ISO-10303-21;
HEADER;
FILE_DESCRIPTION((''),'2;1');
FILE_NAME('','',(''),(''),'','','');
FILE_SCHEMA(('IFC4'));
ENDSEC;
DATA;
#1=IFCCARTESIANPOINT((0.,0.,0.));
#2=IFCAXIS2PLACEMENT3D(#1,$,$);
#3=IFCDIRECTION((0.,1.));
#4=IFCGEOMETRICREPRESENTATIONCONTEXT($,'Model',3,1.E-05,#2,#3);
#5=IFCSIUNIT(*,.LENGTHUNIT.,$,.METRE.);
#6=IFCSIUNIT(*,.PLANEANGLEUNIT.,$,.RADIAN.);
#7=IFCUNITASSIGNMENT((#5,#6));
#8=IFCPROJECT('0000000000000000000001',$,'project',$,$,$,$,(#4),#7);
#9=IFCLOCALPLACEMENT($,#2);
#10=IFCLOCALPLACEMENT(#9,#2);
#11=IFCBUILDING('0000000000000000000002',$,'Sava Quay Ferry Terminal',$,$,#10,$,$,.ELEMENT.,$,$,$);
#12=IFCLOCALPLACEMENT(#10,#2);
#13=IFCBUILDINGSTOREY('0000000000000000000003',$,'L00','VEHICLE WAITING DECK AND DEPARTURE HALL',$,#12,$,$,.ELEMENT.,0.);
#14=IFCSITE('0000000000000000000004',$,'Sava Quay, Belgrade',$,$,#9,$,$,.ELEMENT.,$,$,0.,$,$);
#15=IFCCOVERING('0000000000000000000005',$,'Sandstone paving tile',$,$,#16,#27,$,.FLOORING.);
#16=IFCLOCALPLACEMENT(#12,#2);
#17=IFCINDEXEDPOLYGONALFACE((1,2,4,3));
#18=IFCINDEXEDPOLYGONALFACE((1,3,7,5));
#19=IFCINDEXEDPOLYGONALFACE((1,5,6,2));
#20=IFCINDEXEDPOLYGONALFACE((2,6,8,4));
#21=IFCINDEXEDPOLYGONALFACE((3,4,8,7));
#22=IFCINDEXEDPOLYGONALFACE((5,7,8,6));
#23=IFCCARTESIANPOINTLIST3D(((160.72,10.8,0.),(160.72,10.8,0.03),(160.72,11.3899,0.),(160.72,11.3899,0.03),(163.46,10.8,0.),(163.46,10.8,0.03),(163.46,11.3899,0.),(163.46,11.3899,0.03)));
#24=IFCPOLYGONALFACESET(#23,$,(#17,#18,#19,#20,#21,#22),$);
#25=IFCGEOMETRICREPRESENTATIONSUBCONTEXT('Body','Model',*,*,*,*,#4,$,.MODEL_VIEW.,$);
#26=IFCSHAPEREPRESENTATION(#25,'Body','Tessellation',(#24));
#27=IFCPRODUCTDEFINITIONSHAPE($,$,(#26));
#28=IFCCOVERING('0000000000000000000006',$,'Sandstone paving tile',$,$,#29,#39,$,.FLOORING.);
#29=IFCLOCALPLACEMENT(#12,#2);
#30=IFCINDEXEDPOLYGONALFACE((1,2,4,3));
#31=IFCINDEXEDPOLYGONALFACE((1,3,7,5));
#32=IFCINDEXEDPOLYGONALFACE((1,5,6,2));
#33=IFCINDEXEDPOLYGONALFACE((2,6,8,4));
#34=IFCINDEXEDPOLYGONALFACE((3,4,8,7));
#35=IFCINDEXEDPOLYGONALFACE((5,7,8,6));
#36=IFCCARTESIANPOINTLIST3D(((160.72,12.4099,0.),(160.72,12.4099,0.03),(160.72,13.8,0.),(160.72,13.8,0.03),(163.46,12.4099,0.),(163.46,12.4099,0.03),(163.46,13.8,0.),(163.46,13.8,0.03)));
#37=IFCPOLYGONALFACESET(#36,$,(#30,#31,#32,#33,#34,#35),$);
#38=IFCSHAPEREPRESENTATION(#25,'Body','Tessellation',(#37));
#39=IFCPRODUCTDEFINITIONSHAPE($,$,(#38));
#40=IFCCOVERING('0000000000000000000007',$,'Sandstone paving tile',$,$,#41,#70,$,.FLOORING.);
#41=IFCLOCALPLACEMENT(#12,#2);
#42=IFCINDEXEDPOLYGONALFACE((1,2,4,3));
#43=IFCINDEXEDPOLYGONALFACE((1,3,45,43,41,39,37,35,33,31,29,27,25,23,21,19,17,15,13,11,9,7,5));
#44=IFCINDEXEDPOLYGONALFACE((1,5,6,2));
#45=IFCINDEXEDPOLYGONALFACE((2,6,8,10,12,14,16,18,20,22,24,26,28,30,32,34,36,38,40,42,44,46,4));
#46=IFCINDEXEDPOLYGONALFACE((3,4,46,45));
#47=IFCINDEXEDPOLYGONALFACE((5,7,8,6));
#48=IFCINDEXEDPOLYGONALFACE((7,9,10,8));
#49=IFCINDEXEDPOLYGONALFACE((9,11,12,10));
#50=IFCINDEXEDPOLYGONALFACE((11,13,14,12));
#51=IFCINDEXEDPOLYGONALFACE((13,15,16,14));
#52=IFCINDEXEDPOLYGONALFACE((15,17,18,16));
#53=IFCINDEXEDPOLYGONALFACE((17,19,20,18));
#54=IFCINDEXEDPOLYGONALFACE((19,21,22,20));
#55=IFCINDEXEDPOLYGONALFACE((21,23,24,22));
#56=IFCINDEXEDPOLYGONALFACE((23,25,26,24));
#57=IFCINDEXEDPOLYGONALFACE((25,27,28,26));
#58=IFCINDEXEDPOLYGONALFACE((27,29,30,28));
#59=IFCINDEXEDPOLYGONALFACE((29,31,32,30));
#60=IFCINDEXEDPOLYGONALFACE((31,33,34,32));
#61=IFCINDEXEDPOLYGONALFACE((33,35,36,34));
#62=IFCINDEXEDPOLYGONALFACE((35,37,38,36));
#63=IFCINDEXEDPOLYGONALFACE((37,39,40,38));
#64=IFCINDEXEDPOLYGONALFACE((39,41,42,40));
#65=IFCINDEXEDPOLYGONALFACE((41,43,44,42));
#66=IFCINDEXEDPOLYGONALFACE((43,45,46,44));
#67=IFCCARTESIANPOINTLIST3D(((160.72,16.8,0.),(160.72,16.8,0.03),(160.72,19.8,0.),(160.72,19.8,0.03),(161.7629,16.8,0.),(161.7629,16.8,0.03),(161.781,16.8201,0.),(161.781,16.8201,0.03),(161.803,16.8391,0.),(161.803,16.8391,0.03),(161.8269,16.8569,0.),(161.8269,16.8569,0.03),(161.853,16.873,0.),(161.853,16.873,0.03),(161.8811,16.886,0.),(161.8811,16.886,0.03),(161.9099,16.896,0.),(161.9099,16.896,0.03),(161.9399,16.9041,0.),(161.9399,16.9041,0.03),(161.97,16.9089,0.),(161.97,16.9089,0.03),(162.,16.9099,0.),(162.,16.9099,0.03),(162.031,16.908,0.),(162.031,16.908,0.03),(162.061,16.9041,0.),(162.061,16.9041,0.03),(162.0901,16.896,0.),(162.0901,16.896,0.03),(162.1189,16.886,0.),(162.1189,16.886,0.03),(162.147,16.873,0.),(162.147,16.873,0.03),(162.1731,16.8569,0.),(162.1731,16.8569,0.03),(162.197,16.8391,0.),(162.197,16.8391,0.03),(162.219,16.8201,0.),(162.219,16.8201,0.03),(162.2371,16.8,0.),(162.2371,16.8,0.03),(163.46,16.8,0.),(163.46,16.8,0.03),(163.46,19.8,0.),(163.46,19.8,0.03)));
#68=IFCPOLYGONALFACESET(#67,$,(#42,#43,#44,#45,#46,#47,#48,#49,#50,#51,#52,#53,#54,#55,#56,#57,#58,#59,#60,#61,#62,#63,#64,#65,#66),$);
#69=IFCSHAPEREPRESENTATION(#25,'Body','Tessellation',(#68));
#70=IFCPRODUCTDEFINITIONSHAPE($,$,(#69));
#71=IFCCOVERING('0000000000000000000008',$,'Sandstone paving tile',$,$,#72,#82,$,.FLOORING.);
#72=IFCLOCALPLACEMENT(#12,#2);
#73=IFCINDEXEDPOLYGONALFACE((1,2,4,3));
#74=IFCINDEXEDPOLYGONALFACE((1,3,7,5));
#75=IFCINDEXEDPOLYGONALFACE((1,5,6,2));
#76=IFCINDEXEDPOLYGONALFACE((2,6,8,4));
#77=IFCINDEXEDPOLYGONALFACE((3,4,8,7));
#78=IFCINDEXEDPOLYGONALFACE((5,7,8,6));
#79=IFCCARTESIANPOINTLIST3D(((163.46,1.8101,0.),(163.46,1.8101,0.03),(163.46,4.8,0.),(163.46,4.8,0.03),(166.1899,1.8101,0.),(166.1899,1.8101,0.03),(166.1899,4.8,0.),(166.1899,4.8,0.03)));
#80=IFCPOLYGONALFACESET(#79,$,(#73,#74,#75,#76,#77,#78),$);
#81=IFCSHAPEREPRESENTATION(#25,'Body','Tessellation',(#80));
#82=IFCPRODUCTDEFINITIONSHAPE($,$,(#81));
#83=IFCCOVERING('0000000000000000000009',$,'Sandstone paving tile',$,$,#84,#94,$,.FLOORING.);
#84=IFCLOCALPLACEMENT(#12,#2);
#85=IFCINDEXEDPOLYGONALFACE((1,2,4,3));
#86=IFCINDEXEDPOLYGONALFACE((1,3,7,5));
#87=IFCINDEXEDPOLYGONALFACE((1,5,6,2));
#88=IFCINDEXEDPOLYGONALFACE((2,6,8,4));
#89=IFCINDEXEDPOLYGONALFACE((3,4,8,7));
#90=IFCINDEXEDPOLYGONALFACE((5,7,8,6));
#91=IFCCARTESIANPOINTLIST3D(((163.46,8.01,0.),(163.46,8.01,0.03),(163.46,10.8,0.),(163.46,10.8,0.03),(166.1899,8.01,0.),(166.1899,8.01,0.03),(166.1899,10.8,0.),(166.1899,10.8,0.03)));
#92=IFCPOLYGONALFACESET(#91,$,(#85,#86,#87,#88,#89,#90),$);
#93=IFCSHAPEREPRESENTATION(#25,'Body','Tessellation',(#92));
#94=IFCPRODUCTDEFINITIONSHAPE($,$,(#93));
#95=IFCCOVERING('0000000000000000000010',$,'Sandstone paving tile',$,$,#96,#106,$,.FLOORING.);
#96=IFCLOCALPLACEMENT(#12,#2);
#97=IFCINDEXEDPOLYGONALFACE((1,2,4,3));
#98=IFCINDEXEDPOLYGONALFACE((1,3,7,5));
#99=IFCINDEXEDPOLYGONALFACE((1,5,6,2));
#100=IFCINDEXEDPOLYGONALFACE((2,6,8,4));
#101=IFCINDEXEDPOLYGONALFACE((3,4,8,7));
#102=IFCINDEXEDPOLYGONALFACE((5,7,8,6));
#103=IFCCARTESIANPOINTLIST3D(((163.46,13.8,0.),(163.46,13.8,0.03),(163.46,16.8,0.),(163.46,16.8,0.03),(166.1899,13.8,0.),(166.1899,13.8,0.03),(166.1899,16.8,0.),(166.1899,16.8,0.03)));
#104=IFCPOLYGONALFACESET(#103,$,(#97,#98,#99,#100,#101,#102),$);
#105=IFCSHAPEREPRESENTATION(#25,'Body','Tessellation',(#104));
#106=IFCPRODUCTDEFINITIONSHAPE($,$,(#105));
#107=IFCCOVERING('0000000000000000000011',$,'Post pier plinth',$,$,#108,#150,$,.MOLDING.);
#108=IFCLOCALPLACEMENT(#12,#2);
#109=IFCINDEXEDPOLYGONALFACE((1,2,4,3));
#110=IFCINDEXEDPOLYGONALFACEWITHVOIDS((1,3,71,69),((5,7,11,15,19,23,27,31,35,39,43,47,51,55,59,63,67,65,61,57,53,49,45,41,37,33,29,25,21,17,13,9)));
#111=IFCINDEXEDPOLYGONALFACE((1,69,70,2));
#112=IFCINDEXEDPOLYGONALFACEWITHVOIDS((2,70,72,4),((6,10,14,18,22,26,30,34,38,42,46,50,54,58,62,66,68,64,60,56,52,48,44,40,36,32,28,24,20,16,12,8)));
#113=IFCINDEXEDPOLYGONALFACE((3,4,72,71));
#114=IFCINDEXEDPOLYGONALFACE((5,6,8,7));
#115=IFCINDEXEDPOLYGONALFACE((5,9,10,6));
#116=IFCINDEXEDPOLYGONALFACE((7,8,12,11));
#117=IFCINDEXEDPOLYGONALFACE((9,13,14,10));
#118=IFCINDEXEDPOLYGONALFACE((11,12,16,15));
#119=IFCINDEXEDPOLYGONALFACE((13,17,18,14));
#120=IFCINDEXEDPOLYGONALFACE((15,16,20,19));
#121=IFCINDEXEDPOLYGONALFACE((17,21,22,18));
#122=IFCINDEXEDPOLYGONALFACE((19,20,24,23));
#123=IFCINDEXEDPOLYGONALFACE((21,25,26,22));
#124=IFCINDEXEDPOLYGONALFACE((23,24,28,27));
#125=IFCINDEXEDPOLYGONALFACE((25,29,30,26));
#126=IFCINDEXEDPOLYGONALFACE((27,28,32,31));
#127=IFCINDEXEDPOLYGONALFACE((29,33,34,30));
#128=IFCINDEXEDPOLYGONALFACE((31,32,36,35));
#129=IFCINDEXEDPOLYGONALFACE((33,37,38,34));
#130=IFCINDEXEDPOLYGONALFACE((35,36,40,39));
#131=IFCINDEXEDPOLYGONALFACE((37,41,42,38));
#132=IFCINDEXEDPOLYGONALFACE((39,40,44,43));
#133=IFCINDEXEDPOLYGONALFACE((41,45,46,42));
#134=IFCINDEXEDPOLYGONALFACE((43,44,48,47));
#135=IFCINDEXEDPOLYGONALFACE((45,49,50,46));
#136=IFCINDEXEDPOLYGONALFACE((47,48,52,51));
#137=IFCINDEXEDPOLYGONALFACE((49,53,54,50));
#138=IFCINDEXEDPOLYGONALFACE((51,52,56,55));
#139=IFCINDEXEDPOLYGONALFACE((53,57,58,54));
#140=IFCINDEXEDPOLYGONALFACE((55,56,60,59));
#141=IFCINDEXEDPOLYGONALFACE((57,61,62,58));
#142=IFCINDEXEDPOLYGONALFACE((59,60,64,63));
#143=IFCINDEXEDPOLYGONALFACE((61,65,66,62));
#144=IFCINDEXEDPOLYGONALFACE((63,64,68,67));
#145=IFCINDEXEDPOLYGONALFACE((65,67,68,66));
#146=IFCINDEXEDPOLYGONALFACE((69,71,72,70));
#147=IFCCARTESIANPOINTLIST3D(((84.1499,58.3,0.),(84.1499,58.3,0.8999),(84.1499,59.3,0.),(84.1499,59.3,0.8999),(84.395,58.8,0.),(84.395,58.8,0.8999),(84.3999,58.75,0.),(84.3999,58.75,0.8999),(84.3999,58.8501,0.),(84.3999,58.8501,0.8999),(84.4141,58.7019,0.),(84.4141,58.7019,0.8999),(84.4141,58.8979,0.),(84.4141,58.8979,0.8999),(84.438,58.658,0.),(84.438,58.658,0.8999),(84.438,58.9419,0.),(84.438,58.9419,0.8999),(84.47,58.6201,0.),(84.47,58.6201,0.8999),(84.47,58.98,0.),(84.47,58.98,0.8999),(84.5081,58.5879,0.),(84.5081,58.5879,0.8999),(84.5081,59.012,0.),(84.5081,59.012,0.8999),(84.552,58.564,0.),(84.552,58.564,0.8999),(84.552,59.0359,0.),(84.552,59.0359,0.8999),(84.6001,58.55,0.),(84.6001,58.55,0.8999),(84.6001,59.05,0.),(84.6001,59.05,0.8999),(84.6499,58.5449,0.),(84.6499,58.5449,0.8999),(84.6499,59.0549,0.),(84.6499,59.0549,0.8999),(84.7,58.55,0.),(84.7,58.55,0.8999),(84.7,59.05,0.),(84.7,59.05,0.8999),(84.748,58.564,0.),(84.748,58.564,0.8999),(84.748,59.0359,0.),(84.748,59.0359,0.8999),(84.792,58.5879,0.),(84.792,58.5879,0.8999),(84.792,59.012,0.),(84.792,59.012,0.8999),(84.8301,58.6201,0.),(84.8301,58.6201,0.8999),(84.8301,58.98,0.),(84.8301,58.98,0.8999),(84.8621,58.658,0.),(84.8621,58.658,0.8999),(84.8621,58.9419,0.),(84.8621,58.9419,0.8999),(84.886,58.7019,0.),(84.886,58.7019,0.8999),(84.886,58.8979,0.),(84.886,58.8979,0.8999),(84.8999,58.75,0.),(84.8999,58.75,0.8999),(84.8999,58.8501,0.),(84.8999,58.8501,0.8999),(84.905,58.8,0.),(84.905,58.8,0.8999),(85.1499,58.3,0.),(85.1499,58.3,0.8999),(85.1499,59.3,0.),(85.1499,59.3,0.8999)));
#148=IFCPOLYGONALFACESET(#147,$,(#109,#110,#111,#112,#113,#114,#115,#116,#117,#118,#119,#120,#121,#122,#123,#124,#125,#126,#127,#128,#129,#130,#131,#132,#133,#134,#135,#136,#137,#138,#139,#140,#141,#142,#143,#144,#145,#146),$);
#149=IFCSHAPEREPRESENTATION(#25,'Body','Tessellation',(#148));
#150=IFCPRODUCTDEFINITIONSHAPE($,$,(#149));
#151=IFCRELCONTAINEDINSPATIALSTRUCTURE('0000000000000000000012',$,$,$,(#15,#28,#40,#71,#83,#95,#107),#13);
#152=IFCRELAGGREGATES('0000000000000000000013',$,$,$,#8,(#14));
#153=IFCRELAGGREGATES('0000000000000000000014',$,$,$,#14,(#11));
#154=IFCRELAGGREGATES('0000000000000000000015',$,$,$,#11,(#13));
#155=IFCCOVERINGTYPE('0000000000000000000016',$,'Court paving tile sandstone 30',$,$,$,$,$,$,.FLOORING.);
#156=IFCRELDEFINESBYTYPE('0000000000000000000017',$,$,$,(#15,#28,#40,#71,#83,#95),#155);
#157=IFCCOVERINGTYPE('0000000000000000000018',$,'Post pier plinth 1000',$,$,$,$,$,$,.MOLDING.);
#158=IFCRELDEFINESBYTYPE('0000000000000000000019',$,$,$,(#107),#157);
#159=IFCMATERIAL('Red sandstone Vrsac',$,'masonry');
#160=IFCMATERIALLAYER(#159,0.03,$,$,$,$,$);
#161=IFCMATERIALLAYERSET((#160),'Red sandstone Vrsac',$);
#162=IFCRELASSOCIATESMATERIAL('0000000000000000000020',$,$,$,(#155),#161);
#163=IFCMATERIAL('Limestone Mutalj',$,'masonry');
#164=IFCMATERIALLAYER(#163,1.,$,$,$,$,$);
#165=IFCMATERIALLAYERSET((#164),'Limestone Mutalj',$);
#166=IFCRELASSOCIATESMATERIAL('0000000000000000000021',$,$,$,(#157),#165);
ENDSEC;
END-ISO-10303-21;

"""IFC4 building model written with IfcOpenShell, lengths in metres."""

from ifc_helpers import new_model, si_unit, direction, origin, place, context, subcontext, project, spatial, polyline, outline, extrude, material, layer, layer_set, type_object, element, save


model = new_model("IFC4")

# Units and contexts
model_context = context("Model", 3, precision=1e-05, world=origin(), true_north=direction((0.0, 1.0)))
body_context = subcontext(model_context, "Body", "Model", "MODEL_VIEW")
ifc_project = project(units=[si_unit("LENGTHUNIT", "METRE"), si_unit("PLANEANGLEUNIT", "RADIAN")], contexts=[model_context])

# Site, building, storey
site_placement = place(None, origin())
site = spatial("IfcSite", under=ifc_project, at=site_placement, Name="Sava Quay, Belgrade", CompositionType="ELEMENT", RefElevation=0.0)
building_placement = place(site_placement, origin())
building = spatial("IfcBuilding", under=site, at=building_placement, Name="Sava Quay Ferry Terminal", CompositionType="ELEMENT")
storey_placement = place(building_placement, origin())
storey = spatial("IfcBuildingStorey", under=building, at=storey_placement, Name="L00", Description="VEHICLE WAITING DECK AND DEPARTURE HALL", CompositionType="ELEMENT", Elevation=0.0)

# Coverings
ifc_material_1 = material(Name="Red sandstone Vrsac", Category="masonry")
ifc_layer_1 = layer(ifc_material_1, 0.03)
ifc_layer_set_1 = layer_set([ifc_layer_1], Name="Red sandstone Vrsac")
covering_type_1 = type_object("IfcCoveringType", Name="Court paving tile sandstone 30", PredefinedType="FLOORING", material=ifc_layer_set_1)
covering_1_placement = place(storey_placement, origin())
element("IfcCovering", 1, at=covering_1_placement, inside=storey, type_object=covering_type_1, Name="Sandstone paving tile", PredefinedType="FLOORING", context=body_context, shape_type="SweptSolid", body=[
    extrude(outline(polyline([(163.46, 10.8), (163.46, 11.3899), (160.72, 11.3899), (160.72, 10.8), (163.46, 10.8)])), origin(), (0.0, 0.0, 1.0), 0.03),
])
covering_2_placement = place(storey_placement, origin())
element("IfcCovering", 2, at=covering_2_placement, inside=storey, type_object=covering_type_1, Name="Sandstone paving tile", PredefinedType="FLOORING", context=body_context, shape_type="SweptSolid", body=[
    extrude(outline(polyline([(160.72, 13.8), (160.72, 12.4099), (163.46, 12.4099), (163.46, 13.8), (160.72, 13.8)])), origin(), (0.0, 0.0, 1.0), 0.03),
])
covering_3_placement = place(storey_placement, origin())
element("IfcCovering", 3, at=covering_3_placement, inside=storey, type_object=covering_type_1, Name="Sandstone paving tile", PredefinedType="FLOORING", context=body_context, shape_type="SweptSolid", body=[
    extrude(outline(polyline([(163.46, 16.8), (163.46, 19.8), (160.72, 19.8), (160.72, 16.8), (161.7629, 16.8), (161.781, 16.8201), (161.803, 16.8391), (161.8269, 16.8569), (161.853, 16.873), (161.8811, 16.886), (161.9099, 16.896), (161.9399, 16.9041), (161.97, 16.9089), (162.0, 16.9099), (162.031, 16.908), (162.061, 16.9041), (162.0901, 16.896), (162.1189, 16.886), (162.147, 16.873), (162.1731, 16.8569), (162.197, 16.8391), (162.219, 16.8201), (162.2371, 16.8), (163.46, 16.8)])), origin(), (0.0, 0.0, 1.0), 0.03),
])
covering_4_placement = place(storey_placement, origin())
element("IfcCovering", 4, at=covering_4_placement, inside=storey, type_object=covering_type_1, Name="Sandstone paving tile", PredefinedType="FLOORING", context=body_context, shape_type="SweptSolid", body=[
    extrude(outline(polyline([(163.46, 4.8), (163.46, 1.8101), (166.1899, 1.8101), (166.1899, 4.8), (163.46, 4.8)])), origin(), (0.0, 0.0, 1.0), 0.03),
])
covering_5_placement = place(storey_placement, origin())
element("IfcCovering", 5, at=covering_5_placement, inside=storey, type_object=covering_type_1, Name="Sandstone paving tile", PredefinedType="FLOORING", context=body_context, shape_type="SweptSolid", body=[
    extrude(outline(polyline([(163.46, 10.8), (163.46, 8.01), (166.1899, 8.01), (166.1899, 10.8), (163.46, 10.8)])), origin(), (0.0, 0.0, 1.0), 0.03),
])
covering_6_placement = place(storey_placement, origin())
element("IfcCovering", 6, at=covering_6_placement, inside=storey, type_object=covering_type_1, Name="Sandstone paving tile", PredefinedType="FLOORING", context=body_context, shape_type="SweptSolid", body=[
    extrude(outline(polyline([(163.46, 13.8), (166.1899, 13.8), (166.1899, 16.8), (163.46, 16.8), (163.46, 13.8)])), origin(), (0.0, 0.0, 1.0), 0.03),
])
ifc_material_2 = material(Name="Limestone Mutalj", Category="masonry")
ifc_layer_2 = layer(ifc_material_2, 1.0)
ifc_layer_set_2 = layer_set([ifc_layer_2], Name="Limestone Mutalj")
covering_type_2 = type_object("IfcCoveringType", Name="Post pier plinth 1000", PredefinedType="MOLDING", material=ifc_layer_set_2)
covering_7_placement = place(storey_placement, origin())
element("IfcCovering", 7, at=covering_7_placement, inside=storey, type_object=covering_type_2, Name="Post pier plinth", PredefinedType="MOLDING", context=body_context, shape_type="SweptSolid", body=[
    extrude(outline(polyline([(84.1499, 58.3), (85.1499, 58.3), (85.1499, 59.3), (84.1499, 59.3), (84.1499, 58.3)]), holes=[polyline([(84.8999, 58.8501), (84.905, 58.8), (84.8999, 58.75), (84.886, 58.7019), (84.8621, 58.658), (84.8301, 58.6201), (84.792, 58.5879), (84.748, 58.564), (84.7, 58.55), (84.6499, 58.5449), (84.6001, 58.55), (84.552, 58.564), (84.5081, 58.5879), (84.47, 58.6201), (84.438, 58.658), (84.4141, 58.7019), (84.3999, 58.75), (84.395, 58.8), (84.3999, 58.8501), (84.4141, 58.8979), (84.438, 58.9419), (84.47, 58.98), (84.5081, 59.012), (84.552, 59.0359), (84.6001, 59.05), (84.6499, 59.0549), (84.7, 59.05), (84.748, 59.0359), (84.792, 59.012), (84.8301, 58.98), (84.8621, 58.9419), (84.886, 58.8979), (84.8999, 58.8501)])]), origin(), (0.0, 0.0, 1.0), 0.8999),
])

save(model, "model.ifc")
